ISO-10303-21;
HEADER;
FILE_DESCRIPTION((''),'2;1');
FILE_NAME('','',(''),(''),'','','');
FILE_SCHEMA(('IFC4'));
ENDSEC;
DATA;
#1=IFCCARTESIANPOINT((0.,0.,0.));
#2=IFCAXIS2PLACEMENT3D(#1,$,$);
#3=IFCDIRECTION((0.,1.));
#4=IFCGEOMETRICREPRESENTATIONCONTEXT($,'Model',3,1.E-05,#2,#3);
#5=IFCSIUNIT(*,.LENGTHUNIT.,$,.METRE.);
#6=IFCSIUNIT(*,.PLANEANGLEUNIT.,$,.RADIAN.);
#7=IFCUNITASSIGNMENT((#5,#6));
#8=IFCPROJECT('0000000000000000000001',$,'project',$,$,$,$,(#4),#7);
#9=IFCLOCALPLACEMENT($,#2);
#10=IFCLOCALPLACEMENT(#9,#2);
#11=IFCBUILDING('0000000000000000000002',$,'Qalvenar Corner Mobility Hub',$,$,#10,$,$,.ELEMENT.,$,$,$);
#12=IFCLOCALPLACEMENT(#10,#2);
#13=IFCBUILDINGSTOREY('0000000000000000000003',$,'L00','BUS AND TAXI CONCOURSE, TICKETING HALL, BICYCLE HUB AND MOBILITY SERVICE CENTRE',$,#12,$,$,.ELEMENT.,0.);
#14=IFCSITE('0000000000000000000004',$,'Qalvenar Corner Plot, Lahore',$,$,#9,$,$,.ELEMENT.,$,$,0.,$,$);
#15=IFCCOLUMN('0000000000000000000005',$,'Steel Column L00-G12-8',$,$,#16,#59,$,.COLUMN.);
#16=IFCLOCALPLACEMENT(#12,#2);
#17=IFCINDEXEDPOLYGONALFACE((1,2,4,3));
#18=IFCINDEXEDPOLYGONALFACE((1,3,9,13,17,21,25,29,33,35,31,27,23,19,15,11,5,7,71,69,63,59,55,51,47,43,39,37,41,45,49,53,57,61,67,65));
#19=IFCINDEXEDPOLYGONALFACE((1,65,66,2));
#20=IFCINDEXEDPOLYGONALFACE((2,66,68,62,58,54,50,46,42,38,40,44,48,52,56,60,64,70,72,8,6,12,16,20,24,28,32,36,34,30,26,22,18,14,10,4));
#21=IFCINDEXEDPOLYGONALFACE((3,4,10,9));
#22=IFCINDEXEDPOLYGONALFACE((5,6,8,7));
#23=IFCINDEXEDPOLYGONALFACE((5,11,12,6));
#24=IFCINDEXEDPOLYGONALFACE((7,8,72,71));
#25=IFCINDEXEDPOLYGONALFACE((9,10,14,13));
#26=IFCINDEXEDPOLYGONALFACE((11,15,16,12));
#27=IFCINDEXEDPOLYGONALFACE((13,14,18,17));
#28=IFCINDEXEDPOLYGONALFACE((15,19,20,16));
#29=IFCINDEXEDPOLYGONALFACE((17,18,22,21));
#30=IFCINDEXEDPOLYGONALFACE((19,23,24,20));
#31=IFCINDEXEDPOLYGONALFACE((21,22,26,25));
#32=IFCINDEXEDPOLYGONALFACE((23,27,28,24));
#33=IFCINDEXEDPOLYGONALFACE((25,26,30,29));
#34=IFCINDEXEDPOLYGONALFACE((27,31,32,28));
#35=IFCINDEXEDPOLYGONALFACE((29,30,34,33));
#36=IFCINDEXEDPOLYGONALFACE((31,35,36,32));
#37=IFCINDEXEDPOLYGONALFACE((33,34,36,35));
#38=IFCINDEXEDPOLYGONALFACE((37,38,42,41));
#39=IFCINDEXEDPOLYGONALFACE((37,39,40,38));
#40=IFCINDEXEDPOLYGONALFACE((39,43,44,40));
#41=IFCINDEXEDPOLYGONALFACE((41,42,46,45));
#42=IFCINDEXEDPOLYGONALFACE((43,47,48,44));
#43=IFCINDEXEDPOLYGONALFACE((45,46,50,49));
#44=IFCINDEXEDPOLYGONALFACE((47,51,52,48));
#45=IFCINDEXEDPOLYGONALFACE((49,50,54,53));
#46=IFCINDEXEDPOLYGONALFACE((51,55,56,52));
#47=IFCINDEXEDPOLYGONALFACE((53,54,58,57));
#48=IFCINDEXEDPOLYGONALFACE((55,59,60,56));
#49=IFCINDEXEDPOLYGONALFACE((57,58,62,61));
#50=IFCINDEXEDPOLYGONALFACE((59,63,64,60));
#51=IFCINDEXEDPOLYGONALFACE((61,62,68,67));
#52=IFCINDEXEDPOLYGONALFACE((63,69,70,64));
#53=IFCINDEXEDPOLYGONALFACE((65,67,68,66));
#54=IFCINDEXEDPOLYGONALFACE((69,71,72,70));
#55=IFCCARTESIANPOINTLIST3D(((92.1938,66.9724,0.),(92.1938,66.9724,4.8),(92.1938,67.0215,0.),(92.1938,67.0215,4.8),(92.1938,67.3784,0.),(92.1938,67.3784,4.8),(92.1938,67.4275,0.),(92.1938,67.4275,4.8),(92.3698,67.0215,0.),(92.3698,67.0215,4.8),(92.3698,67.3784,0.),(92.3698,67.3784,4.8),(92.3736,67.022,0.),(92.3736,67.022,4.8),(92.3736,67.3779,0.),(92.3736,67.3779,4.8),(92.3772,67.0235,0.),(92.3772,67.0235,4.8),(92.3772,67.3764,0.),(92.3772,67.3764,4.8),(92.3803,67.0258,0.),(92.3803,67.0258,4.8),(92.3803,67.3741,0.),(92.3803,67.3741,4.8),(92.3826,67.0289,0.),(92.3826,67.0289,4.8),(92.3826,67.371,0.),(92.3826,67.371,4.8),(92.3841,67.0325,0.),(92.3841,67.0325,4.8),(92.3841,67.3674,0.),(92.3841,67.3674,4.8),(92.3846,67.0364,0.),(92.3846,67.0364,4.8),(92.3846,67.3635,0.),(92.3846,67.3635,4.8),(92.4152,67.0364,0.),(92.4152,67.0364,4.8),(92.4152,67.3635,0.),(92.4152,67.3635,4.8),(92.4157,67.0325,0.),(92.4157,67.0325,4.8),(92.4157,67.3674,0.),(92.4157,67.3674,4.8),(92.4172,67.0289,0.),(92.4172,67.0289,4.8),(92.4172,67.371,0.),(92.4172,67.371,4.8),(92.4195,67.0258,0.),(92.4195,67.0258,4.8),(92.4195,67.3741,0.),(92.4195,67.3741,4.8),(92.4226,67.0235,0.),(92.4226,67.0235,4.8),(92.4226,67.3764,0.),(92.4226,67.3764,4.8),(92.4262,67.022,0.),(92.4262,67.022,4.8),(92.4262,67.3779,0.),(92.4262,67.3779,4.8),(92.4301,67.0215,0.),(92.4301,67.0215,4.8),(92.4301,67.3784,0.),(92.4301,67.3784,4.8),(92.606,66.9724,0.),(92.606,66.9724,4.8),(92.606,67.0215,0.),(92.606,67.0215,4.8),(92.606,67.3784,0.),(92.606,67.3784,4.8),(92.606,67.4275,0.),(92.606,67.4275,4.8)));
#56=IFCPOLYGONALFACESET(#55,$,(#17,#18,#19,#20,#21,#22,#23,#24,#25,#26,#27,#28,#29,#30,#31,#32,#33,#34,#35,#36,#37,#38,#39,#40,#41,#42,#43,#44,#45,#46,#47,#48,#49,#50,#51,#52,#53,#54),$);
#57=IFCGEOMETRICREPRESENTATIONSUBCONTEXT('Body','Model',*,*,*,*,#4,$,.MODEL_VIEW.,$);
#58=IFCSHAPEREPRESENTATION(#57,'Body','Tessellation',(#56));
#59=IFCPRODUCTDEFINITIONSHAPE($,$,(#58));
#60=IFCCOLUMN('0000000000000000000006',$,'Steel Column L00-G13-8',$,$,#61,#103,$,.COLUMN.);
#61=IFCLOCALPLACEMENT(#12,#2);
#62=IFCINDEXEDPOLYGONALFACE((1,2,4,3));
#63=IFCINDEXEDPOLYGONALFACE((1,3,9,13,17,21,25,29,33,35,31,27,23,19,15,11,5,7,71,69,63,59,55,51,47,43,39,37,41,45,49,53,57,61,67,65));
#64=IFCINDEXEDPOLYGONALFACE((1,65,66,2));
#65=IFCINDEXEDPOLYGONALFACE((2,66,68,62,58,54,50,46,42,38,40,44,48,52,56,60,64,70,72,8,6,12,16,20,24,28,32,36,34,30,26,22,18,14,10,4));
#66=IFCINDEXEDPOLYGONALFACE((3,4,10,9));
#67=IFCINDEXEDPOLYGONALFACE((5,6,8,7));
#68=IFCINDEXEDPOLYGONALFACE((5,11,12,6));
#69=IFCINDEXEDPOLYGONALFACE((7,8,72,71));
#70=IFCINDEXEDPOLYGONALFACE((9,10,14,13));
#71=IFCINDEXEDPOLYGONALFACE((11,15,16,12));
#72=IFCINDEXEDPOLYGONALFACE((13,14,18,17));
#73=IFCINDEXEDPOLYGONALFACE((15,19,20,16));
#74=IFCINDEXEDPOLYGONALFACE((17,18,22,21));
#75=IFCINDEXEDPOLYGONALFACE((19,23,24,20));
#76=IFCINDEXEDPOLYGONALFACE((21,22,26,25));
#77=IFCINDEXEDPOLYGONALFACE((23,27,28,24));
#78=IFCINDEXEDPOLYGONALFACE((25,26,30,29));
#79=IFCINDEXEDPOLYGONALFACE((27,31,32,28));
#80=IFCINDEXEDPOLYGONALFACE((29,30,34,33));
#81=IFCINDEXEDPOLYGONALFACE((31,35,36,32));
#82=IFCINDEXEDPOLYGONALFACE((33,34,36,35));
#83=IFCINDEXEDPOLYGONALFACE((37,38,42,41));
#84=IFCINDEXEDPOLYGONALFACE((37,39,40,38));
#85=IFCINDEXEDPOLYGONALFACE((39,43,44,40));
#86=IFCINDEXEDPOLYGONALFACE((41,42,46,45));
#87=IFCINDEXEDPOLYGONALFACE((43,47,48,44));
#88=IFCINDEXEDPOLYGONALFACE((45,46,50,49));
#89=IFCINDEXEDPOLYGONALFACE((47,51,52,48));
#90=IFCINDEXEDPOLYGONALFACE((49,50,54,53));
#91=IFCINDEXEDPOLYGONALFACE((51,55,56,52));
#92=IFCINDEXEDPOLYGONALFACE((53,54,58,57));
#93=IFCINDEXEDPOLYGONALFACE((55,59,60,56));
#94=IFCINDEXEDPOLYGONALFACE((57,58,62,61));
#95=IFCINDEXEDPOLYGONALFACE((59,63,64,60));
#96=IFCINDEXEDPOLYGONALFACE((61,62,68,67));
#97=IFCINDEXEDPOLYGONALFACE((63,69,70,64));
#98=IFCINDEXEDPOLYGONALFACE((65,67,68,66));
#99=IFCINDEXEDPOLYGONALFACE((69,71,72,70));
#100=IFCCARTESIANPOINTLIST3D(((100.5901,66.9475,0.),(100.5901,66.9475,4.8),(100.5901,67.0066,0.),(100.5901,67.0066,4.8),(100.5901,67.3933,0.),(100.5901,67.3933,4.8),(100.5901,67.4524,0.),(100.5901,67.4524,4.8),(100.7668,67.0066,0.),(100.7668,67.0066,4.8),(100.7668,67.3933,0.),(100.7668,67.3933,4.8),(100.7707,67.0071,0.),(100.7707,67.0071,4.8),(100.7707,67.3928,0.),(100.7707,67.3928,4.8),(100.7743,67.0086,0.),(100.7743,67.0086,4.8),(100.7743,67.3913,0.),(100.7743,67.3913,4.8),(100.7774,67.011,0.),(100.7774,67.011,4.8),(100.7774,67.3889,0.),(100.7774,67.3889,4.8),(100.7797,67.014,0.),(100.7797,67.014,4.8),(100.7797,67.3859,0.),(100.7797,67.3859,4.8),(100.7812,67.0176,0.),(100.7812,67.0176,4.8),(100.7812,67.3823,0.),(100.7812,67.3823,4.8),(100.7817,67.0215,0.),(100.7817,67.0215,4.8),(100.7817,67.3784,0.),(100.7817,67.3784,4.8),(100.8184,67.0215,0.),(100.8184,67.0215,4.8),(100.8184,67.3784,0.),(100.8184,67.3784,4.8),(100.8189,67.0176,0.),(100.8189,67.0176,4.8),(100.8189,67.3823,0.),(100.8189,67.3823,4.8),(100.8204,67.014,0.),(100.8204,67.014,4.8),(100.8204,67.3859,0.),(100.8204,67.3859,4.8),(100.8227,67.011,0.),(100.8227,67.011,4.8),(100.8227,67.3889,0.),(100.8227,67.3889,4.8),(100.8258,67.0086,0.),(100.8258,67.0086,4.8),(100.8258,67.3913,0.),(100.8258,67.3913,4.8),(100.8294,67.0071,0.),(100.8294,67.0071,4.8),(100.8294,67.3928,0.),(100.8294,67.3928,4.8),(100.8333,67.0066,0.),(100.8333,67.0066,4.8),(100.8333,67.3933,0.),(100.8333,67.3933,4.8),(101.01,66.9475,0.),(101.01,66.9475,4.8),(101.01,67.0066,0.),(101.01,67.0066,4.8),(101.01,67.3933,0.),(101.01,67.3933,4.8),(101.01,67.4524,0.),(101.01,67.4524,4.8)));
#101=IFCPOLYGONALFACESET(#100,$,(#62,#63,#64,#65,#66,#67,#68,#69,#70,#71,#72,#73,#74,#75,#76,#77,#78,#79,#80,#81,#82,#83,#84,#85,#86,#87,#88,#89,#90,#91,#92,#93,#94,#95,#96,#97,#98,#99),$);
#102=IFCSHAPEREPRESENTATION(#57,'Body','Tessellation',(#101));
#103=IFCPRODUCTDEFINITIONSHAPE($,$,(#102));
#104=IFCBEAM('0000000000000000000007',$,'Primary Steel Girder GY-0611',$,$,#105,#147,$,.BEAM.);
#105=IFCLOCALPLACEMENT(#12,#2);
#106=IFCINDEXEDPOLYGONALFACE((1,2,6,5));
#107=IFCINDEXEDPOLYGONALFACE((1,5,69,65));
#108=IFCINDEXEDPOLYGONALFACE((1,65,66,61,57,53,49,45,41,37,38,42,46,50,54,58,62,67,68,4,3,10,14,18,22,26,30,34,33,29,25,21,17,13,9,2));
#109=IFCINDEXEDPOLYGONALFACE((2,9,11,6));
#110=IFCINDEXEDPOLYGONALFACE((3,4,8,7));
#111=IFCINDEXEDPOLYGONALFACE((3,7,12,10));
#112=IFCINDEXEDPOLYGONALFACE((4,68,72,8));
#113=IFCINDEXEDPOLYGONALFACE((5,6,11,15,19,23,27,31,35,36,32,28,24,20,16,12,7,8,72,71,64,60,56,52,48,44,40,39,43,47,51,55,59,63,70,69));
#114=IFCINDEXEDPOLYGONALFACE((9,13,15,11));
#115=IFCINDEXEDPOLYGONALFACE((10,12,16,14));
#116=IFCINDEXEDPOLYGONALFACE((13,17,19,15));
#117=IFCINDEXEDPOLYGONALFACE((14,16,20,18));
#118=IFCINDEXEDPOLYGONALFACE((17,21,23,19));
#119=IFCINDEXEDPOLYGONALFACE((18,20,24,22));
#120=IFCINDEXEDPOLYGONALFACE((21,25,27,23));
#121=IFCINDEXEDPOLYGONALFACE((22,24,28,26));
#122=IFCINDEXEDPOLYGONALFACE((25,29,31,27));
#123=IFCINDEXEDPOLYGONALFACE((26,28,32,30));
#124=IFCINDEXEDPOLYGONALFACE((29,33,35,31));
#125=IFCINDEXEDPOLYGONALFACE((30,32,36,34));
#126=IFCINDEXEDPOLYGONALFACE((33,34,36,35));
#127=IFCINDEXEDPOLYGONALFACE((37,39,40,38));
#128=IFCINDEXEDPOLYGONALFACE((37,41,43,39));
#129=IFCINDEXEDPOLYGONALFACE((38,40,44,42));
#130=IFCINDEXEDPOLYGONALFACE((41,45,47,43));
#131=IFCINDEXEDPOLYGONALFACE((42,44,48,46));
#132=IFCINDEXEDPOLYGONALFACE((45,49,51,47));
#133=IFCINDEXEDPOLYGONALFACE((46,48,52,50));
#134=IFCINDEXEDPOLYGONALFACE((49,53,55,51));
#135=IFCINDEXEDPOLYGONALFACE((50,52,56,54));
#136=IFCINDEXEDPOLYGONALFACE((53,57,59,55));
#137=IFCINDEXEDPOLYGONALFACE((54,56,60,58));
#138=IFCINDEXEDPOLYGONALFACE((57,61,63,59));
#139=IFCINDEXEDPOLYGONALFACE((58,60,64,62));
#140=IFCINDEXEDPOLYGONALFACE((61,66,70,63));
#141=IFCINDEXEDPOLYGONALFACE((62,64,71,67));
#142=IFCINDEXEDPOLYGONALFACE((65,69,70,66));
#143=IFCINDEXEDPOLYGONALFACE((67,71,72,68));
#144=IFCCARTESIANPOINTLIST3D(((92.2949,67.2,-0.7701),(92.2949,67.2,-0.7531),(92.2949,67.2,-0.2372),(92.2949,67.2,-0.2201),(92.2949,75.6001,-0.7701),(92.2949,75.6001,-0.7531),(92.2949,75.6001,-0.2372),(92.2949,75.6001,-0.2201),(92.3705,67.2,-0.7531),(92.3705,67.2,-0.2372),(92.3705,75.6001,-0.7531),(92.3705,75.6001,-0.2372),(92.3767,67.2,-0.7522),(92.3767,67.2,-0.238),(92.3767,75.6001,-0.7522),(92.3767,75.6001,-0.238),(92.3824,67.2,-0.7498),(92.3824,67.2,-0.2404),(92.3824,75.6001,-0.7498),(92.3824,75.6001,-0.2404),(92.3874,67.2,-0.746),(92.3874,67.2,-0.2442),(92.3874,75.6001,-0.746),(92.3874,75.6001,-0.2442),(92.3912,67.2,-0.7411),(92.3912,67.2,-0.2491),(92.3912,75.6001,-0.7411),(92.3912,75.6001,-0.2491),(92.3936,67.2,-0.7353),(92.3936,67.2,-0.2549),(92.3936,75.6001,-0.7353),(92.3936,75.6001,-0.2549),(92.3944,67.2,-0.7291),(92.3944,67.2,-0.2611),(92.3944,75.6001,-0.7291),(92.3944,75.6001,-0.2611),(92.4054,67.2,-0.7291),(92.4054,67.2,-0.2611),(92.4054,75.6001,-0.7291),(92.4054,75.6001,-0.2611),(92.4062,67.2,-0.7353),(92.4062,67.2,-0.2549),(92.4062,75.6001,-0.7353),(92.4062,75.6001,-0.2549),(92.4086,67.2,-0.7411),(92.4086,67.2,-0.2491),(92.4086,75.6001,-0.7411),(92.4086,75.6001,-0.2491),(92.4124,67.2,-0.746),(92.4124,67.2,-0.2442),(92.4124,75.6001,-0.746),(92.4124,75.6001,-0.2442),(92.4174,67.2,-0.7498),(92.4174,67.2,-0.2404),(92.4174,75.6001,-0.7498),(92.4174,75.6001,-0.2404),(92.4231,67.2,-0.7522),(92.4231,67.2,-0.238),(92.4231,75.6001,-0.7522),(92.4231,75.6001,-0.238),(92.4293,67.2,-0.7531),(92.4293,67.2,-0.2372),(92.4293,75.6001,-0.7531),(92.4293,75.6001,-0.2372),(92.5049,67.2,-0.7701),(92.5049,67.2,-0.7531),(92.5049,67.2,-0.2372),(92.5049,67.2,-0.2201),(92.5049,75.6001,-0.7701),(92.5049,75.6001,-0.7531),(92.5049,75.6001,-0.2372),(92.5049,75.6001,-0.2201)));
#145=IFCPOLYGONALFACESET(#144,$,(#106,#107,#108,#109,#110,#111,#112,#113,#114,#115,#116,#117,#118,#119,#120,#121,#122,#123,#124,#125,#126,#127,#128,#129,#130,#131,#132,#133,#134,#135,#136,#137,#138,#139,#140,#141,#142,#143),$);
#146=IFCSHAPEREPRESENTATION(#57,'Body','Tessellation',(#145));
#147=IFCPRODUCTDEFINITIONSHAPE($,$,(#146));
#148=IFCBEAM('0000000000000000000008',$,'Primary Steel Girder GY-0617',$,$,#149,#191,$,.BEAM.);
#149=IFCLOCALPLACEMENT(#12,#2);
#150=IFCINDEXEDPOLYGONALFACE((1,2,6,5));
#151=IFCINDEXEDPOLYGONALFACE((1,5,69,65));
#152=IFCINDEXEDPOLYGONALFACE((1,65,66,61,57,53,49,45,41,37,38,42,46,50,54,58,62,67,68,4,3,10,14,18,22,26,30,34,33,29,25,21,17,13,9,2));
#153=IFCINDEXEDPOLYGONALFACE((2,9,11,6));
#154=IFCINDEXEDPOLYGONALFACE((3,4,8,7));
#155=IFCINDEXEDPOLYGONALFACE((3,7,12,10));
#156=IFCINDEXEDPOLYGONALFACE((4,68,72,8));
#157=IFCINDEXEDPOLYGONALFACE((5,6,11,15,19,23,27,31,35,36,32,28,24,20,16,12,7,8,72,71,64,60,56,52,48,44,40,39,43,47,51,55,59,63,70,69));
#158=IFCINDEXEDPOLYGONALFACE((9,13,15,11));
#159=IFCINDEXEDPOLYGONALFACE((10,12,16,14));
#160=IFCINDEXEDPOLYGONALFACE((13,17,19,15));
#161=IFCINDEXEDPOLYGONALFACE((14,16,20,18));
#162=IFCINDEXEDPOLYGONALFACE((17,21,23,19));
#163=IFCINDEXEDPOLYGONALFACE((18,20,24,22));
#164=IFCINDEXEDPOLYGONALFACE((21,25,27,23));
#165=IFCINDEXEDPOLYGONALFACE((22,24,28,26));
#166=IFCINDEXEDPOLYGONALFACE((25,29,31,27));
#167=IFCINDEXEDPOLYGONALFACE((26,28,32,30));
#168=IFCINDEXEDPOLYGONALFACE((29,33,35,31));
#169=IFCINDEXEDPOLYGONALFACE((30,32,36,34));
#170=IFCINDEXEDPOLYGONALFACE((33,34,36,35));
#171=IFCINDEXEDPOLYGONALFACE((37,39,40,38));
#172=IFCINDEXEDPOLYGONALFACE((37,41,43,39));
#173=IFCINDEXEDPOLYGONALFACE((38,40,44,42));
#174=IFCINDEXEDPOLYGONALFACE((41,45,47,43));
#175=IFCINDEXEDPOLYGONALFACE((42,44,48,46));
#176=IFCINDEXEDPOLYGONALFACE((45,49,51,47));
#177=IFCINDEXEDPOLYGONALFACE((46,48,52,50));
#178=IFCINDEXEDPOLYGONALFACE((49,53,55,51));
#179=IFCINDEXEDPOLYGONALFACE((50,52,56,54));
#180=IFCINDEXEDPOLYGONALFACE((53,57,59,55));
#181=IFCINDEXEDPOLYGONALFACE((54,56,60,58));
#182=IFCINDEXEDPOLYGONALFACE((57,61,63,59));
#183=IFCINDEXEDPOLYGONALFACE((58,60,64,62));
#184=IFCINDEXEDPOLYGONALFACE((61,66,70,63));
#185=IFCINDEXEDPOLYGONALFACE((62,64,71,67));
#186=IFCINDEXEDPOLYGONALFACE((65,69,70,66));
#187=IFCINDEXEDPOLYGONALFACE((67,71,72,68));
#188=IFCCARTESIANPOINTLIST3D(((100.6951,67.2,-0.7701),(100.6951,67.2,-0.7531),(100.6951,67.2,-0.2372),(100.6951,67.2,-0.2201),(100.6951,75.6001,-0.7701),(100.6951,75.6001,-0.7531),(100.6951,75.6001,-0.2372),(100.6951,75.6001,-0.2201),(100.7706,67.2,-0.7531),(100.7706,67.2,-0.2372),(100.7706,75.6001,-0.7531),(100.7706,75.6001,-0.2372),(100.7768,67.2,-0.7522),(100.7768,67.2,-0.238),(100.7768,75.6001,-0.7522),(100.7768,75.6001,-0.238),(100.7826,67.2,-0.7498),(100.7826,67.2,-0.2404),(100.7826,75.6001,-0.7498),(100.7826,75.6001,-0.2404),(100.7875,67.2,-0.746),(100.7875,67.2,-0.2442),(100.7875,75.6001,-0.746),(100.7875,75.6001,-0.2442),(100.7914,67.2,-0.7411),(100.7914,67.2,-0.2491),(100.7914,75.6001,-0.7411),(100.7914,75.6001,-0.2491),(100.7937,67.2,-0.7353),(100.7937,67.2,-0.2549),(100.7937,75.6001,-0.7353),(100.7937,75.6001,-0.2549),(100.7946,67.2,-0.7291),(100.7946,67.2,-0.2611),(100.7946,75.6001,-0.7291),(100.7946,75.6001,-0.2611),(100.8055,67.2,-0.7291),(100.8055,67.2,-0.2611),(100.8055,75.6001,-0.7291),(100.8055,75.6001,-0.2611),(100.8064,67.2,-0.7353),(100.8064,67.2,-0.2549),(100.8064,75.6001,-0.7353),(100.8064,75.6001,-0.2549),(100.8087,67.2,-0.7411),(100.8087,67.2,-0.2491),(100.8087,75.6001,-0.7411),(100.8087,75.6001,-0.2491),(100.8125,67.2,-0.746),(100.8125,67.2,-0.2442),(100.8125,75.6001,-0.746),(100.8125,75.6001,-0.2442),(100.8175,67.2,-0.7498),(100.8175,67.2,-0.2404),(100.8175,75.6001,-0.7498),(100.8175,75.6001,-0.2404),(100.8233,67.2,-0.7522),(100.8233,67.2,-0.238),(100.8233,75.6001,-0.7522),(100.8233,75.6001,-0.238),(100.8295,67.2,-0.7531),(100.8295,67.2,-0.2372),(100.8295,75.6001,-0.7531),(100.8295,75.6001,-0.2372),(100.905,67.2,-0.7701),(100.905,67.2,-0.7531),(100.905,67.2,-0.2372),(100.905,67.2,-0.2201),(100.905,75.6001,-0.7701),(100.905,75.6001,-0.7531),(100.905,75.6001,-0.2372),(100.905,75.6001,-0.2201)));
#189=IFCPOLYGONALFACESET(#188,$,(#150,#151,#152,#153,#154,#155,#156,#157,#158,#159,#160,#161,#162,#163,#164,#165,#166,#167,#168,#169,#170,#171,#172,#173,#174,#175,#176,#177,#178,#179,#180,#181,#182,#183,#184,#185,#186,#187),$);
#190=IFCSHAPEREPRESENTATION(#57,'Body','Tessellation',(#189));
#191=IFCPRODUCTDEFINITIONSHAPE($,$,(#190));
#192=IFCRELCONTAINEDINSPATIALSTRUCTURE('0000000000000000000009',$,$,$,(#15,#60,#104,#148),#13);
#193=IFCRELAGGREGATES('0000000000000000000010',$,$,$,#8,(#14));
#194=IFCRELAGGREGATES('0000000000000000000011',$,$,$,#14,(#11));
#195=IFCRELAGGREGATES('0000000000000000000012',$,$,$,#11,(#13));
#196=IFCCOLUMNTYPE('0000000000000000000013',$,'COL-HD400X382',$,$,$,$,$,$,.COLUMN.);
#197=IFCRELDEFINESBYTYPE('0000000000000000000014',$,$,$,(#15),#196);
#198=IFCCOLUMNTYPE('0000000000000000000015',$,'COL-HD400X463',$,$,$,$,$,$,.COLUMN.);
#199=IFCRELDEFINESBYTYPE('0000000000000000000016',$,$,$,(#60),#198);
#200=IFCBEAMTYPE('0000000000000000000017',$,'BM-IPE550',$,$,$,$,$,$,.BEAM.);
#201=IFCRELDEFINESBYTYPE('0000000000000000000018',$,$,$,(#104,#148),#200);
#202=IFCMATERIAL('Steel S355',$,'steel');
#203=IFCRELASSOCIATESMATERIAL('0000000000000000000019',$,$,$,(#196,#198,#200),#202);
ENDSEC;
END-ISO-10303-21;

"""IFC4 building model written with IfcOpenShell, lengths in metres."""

from ifc_helpers import new_model, si_unit, direction, frame, origin, origin_2d, place, context, subcontext, project, spatial, i_section, extrude, material, material_profile, profile_set, type_object, element, save


model = new_model("IFC4")

# Units and contexts
model_context = context("Model", 3, precision=1e-05, world=origin(), true_north=direction((0.0, 1.0)))
body_context = subcontext(model_context, "Body", "Model", "MODEL_VIEW")
ifc_project = project(units=[si_unit("LENGTHUNIT", "METRE"), si_unit("PLANEANGLEUNIT", "RADIAN")], contexts=[model_context])

# Site, building, storey
site_placement = place(None, origin())
site = spatial("IfcSite", under=ifc_project, at=site_placement, Name="Qalvenar Corner Plot, Lahore", CompositionType="ELEMENT", RefElevation=0.0)
building_placement = place(site_placement, origin())
building = spatial("IfcBuilding", under=site, at=building_placement, Name="Qalvenar Corner Mobility Hub", CompositionType="ELEMENT")
storey_placement = place(building_placement, origin())
storey = spatial("IfcBuildingStorey", under=building, at=storey_placement, Name="L00", Description="BUS AND TAXI CONCOURSE, TICKETING HALL, BICYCLE HUB AND MOBILITY SERVICE CENTRE", CompositionType="ELEMENT", Elevation=0.0)

# Columns
ifc_material_1 = material(Name="Steel S355", Category="steel")
ifc_material_profile_1 = material_profile(ifc_material_1, i_section(OverallWidth=0.4121, OverallDepth=0.4551, WebThickness=0.0305, FlangeThickness=0.0491, FilletRadius=0.0149, at=origin_2d()), Name="HD400x421")
ifc_profile_set_1 = profile_set([ifc_material_profile_1], Name="Steel S355")
column_type_1 = type_object("IfcColumnType", Name="COL-HD400X382", PredefinedType="COLUMN", material=ifc_profile_set_1)
column_1_placement = place(storey_placement, frame((92.3999, 67.2, 0.0), z_axis=(0.0, 0.0, 1.0), x_axis=(1.0, 0.0, 0.0)))
element("IfcColumn", 1, at=column_1_placement, inside=storey, type_object=column_type_1, Name="Steel Column L00-G12-8", PredefinedType="COLUMN", context=body_context, shape_type="SweptSolid", body=[
    extrude(i_section(OverallWidth=0.4121, OverallDepth=0.4551, WebThickness=0.0305, FlangeThickness=0.0491, FilletRadius=0.0149, at=origin_2d()), origin(), (0.0, 0.0, 1.0), 4.8),
])
ifc_material_profile_2 = material_profile(ifc_material_1, i_section(OverallWidth=0.4199, OverallDepth=0.5049, WebThickness=0.0366, FlangeThickness=0.0591, FilletRadius=0.0149, at=origin_2d()), Name="HD400x551")
ifc_profile_set_2 = profile_set([ifc_material_profile_2], Name="Steel S355")
column_type_2 = type_object("IfcColumnType", Name="COL-HD400X463", PredefinedType="COLUMN", material=ifc_profile_set_2)
column_2_placement = place(storey_placement, frame((100.8, 67.2, 0.0), z_axis=(0.0, 0.0, 1.0), x_axis=(1.0, 0.0, 0.0)))
element("IfcColumn", 2, at=column_2_placement, inside=storey, type_object=column_type_2, Name="Steel Column L00-G13-8", PredefinedType="COLUMN", context=body_context, shape_type="SweptSolid", body=[
    extrude(i_section(OverallWidth=0.4199, OverallDepth=0.5049, WebThickness=0.0366, FlangeThickness=0.0591, FilletRadius=0.0149, at=origin_2d()), origin(), (0.0, 0.0, 1.0), 4.8),
])

# Beams
ifc_material_profile_3 = material_profile(ifc_material_1, i_section(OverallWidth=0.21, OverallDepth=0.55, WebThickness=0.011, FlangeThickness=0.0171, FilletRadius=0.0239, at=origin_2d()), Name="IPE550")
ifc_profile_set_3 = profile_set([ifc_material_profile_3], Name="Steel S355")
beam_type_1 = type_object("IfcBeamType", Name="BM-IPE550", PredefinedType="BEAM", material=ifc_profile_set_3)
for number, where, z_axis, x_axis, name in (
    (3, (92.3999, 67.2, -0.4951), (0.0, 1.0, 0.0), (-1.0, 0.0, 0.0), "Primary Steel Girder GY-0611"),
    (4, (100.8, 67.2, -0.4951), (0.0, 1.0, 0.0), (-1.0, 0.0, 0.0), "Primary Steel Girder GY-0617"),
):
    element("IfcBeam", number, at=place(storey_placement, frame(where, z_axis=z_axis, x_axis=x_axis)), inside=storey, type_object=beam_type_1, Name=name, PredefinedType="BEAM", context=body_context, shape_type="SweptSolid", body=[
        extrude(i_section(OverallWidth=0.21, OverallDepth=0.55, WebThickness=0.011, FlangeThickness=0.0171, FilletRadius=0.0239, at=origin_2d()), origin(), (0.0, 0.0, 1.0), 8.4001),
    ])

save(model, "model.ifc")
